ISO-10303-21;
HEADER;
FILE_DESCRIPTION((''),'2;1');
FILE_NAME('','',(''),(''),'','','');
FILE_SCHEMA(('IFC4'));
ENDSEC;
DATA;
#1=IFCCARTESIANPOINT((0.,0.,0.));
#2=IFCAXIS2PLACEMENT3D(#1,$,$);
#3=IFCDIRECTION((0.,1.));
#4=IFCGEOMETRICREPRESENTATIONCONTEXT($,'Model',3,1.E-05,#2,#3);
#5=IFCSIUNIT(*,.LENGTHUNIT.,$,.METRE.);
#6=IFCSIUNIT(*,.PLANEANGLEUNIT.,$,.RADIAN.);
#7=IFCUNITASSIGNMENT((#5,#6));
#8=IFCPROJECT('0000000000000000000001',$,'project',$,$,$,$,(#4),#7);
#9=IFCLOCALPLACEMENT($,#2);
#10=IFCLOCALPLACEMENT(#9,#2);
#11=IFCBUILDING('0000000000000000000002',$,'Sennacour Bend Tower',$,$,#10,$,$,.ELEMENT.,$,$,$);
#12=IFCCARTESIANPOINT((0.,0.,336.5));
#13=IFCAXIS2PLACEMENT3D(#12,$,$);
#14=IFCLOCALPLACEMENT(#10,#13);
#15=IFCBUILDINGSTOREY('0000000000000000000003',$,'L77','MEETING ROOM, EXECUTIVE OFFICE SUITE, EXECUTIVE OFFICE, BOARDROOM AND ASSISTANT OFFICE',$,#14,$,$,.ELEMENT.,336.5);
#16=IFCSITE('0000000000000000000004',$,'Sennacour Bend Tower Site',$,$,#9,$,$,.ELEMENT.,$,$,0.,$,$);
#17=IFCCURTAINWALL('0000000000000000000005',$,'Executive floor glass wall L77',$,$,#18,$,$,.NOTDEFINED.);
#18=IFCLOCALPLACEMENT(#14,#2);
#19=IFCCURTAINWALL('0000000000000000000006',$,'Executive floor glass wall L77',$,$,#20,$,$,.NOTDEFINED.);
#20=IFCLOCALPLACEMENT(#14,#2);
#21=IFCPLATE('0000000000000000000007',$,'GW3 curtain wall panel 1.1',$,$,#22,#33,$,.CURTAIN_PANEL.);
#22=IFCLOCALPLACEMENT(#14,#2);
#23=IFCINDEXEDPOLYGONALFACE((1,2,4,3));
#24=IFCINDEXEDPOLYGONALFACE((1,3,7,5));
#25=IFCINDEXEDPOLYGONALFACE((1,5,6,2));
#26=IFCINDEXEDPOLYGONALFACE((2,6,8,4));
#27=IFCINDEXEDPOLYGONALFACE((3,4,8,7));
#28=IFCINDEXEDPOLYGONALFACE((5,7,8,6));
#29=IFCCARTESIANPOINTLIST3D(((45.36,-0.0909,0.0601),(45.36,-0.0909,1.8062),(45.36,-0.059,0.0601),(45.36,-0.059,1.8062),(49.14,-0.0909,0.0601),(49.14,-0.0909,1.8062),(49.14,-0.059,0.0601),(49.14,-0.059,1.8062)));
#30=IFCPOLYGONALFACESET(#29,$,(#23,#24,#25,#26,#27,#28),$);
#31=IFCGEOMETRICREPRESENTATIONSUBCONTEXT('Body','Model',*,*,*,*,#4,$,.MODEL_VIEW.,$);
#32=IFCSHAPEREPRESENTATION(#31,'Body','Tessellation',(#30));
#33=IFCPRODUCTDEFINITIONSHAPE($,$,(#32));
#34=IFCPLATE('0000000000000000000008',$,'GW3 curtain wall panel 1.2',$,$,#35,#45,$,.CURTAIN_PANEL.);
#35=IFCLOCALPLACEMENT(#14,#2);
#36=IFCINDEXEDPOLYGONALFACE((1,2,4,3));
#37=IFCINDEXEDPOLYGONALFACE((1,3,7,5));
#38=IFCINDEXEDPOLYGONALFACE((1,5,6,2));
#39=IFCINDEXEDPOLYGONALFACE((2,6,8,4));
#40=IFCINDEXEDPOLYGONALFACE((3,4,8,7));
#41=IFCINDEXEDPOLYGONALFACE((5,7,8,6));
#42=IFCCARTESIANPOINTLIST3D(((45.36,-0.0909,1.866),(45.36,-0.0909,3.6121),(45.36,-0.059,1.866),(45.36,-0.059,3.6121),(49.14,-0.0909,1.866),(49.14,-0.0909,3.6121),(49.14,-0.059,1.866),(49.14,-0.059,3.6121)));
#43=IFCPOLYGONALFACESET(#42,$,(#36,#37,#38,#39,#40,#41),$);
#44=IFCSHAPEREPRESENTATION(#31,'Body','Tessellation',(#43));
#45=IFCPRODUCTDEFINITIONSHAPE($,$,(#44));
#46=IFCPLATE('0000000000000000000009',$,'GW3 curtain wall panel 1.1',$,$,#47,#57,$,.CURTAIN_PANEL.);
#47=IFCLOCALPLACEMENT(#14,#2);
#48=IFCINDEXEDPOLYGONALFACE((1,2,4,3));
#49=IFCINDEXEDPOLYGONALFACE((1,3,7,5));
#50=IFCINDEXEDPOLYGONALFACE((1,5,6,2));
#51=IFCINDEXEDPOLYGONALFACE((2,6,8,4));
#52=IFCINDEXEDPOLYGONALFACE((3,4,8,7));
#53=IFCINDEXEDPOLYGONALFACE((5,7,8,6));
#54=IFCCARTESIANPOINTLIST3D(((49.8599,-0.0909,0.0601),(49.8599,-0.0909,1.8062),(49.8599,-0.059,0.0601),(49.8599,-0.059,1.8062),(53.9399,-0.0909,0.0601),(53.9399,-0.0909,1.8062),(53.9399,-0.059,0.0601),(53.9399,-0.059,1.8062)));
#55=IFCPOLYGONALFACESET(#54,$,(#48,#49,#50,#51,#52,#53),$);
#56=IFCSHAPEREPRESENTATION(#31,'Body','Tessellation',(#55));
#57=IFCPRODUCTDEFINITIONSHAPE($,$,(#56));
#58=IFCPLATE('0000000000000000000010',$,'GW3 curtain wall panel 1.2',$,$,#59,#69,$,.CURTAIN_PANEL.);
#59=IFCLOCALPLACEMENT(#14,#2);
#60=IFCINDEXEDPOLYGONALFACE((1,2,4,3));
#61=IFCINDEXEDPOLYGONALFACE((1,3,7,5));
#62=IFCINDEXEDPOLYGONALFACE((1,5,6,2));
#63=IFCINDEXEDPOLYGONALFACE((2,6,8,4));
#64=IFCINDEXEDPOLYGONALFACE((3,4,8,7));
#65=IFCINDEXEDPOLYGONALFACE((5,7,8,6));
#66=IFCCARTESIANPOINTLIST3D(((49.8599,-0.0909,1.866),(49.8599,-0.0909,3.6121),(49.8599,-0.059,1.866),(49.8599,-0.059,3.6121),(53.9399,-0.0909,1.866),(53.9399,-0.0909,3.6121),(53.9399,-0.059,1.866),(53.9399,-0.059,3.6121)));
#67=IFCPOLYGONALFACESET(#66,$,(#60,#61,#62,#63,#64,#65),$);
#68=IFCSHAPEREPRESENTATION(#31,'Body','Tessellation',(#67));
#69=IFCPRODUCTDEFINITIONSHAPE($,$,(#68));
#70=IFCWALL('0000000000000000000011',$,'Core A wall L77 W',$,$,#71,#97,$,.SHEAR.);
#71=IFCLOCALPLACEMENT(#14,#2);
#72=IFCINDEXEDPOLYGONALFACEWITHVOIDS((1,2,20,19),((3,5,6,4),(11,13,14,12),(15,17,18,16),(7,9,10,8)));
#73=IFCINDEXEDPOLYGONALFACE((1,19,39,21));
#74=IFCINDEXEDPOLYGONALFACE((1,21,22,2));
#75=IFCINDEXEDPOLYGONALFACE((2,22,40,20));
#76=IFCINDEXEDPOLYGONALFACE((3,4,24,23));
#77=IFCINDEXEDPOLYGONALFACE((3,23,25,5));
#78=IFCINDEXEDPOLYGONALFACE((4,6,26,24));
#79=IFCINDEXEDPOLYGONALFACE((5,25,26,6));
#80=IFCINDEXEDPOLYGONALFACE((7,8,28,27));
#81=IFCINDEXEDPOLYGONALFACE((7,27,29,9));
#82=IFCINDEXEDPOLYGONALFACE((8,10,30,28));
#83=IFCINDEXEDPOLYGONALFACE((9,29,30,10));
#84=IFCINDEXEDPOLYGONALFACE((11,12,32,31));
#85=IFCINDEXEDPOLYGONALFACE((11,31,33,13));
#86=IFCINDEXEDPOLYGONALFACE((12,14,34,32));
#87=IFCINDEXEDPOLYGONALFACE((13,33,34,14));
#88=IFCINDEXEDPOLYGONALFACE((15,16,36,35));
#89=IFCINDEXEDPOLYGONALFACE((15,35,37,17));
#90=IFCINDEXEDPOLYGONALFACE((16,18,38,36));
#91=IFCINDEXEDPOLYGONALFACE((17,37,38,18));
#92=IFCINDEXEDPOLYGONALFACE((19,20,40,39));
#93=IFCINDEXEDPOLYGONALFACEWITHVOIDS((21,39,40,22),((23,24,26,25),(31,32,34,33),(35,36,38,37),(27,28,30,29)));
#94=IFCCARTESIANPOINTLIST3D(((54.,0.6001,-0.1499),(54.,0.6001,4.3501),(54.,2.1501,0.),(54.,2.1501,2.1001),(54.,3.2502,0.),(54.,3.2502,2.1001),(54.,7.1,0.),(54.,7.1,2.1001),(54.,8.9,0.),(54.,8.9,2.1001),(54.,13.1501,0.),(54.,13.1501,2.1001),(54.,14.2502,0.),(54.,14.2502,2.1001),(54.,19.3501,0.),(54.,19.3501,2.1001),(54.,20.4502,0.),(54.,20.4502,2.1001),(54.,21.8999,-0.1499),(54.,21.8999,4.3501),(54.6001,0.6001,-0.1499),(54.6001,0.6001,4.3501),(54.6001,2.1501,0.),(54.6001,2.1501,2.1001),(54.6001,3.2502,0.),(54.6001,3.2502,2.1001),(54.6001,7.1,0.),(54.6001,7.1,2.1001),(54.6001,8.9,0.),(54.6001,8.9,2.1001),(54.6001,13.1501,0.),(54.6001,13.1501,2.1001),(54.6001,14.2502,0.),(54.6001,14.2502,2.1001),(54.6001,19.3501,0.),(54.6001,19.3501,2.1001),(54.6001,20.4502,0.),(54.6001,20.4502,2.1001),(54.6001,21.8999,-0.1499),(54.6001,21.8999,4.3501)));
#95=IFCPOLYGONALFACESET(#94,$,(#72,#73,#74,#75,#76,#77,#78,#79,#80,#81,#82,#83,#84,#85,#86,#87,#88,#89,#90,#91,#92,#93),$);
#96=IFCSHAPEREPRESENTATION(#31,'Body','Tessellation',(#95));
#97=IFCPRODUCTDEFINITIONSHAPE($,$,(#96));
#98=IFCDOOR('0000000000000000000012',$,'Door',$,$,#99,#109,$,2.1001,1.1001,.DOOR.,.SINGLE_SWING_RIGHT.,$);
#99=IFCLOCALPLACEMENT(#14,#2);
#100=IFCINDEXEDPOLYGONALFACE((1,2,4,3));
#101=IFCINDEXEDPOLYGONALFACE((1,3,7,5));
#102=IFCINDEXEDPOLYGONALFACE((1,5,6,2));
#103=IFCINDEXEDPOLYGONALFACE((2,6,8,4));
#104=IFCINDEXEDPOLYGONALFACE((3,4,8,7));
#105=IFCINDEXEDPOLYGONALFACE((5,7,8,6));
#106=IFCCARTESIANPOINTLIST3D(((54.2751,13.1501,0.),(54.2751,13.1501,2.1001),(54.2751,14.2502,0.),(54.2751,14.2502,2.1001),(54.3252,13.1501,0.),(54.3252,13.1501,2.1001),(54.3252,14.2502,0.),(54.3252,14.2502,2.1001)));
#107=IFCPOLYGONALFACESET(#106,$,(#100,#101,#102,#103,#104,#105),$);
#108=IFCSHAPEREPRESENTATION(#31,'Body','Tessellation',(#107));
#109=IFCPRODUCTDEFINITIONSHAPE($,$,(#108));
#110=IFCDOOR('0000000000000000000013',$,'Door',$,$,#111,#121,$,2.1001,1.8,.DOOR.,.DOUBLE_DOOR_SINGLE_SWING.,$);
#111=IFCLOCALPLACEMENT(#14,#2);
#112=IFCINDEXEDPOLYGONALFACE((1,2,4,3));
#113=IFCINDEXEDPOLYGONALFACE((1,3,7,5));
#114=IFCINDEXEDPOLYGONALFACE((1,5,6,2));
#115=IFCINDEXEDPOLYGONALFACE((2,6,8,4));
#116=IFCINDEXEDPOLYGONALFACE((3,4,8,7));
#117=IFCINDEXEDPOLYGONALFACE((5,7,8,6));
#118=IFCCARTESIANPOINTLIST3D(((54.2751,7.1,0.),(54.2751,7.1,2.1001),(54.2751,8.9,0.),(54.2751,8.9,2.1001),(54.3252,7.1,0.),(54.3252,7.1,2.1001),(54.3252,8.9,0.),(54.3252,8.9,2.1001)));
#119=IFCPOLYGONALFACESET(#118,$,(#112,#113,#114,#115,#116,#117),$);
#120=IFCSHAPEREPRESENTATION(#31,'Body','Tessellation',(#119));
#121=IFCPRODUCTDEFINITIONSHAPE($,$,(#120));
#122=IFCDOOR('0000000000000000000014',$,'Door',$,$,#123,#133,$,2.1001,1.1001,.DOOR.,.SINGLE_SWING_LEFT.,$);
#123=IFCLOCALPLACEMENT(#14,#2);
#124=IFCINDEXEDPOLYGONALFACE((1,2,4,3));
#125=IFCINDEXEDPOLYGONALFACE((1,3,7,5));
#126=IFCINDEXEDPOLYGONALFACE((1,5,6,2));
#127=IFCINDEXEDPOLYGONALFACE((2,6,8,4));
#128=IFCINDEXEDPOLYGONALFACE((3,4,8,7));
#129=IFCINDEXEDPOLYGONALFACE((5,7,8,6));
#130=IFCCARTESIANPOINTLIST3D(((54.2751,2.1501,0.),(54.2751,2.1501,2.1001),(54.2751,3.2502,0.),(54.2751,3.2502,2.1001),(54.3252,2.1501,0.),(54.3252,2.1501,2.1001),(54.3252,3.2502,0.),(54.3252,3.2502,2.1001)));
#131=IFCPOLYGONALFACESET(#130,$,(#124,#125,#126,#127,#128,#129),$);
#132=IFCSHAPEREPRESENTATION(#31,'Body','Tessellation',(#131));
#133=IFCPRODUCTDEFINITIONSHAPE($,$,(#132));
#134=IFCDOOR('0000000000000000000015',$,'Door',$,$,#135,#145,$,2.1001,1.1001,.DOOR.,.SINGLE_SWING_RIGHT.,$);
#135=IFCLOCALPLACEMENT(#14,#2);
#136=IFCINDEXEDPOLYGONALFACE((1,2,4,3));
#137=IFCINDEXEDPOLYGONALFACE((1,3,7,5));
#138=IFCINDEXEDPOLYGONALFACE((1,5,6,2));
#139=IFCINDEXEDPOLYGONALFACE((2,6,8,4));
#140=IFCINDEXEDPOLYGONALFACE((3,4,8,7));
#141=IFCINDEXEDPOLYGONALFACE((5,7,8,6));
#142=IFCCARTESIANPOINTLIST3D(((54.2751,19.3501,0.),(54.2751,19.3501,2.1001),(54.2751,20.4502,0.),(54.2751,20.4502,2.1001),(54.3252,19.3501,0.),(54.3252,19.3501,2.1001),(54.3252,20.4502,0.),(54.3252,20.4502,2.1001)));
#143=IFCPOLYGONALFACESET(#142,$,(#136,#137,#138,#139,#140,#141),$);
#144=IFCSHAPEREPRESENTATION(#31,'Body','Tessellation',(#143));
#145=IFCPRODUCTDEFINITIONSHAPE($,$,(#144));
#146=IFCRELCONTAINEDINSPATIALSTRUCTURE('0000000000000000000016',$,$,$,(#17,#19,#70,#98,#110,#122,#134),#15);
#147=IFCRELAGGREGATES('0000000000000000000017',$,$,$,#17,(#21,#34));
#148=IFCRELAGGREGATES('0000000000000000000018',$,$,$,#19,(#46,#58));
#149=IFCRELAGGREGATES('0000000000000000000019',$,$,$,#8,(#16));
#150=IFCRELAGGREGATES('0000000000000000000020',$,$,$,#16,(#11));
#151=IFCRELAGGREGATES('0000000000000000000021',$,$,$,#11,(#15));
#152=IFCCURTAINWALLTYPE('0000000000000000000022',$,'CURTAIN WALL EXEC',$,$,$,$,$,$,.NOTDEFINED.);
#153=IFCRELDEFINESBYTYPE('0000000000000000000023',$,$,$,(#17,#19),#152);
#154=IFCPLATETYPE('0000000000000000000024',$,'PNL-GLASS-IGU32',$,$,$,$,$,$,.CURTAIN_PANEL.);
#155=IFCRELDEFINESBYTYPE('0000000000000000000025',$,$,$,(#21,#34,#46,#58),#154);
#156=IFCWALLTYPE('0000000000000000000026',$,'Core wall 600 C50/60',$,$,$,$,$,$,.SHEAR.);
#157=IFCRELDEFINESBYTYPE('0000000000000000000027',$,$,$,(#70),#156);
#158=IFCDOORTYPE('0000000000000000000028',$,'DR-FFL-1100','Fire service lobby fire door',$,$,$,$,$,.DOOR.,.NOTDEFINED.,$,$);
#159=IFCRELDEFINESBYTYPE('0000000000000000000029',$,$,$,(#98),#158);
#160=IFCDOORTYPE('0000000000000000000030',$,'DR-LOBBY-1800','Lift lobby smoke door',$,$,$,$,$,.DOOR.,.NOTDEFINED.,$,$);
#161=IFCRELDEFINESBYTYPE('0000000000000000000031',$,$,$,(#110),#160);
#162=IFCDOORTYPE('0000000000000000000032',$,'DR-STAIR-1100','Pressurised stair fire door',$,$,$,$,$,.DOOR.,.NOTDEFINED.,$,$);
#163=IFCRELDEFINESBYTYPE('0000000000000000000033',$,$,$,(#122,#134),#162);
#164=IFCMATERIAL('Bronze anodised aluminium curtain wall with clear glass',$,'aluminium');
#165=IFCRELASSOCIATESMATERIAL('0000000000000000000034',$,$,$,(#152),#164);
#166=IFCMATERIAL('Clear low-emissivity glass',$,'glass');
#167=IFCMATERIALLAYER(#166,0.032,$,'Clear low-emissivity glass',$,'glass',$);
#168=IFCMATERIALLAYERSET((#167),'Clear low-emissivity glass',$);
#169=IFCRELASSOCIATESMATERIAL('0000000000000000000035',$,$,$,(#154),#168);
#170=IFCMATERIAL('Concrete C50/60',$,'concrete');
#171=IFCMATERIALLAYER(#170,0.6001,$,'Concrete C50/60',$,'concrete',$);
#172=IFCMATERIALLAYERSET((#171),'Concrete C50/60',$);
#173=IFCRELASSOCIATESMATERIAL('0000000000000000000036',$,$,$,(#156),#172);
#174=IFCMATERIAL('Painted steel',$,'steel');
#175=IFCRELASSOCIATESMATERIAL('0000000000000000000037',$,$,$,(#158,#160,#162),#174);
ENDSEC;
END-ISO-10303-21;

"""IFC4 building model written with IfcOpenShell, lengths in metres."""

from ifc_helpers import new_model, si_unit, direction, frame, frame_2d, origin, origin_2d, place, context, subcontext, project, spatial, rectangle, extrude, material, layer, layer_set, type_object, element, fill, aggregate, save


model = new_model("IFC4")

# Units and contexts
model_context = context("Model", 3, precision=1e-05, world=origin(), true_north=direction((0.0, 1.0)))
body_context = subcontext(model_context, "Body", "Model", "MODEL_VIEW")
ifc_project = project(units=[si_unit("LENGTHUNIT", "METRE"), si_unit("PLANEANGLEUNIT", "RADIAN")], contexts=[model_context])

# Site, building, storey
site_placement = place(None, origin())
site = spatial("IfcSite", under=ifc_project, at=site_placement, Name="Sennacour Bend Tower Site", CompositionType="ELEMENT", RefElevation=0.0)
building_placement = place(site_placement, origin())
building = spatial("IfcBuilding", under=site, at=building_placement, Name="Sennacour Bend Tower", CompositionType="ELEMENT")
storey_placement = place(building_placement, frame((0.0, 0.0, 336.5)))
storey = spatial("IfcBuildingStorey", under=building, at=storey_placement, Name="L77", Description="MEETING ROOM, EXECUTIVE OFFICE SUITE, EXECUTIVE OFFICE, BOARDROOM AND ASSISTANT OFFICE", CompositionType="ELEMENT", Elevation=336.5)

# Curtain wall
ifc_material_1 = material(Name="Bronze anodised aluminium curtain wall with clear glass", Category="aluminium")
curtain_wall_type = type_object("IfcCurtainWallType", Name="CURTAIN WALL EXEC", PredefinedType="NOTDEFINED", material=ifc_material_1)
curtain_wall_1_placement = place(storey_placement, origin())
curtain_wall_1 = element("IfcCurtainWall", 1, at=curtain_wall_1_placement, inside=storey, type_object=curtain_wall_type, Name="Executive floor glass wall L77", PredefinedType="NOTDEFINED")

# Curtain wall
curtain_wall_2_placement = place(storey_placement, origin())
curtain_wall_2 = element("IfcCurtainWall", 2, at=curtain_wall_2_placement, inside=storey, type_object=curtain_wall_type, Name="Executive floor glass wall L77", PredefinedType="NOTDEFINED")

# Plates
ifc_material_2 = material(Name="Clear low-emissivity glass", Category="glass")
ifc_layer_1 = layer(ifc_material_2, 0.032, Name="Clear low-emissivity glass", Category="glass")
ifc_layer_set_1 = layer_set([ifc_layer_1], Name="Clear low-emissivity glass")
plate_type = type_object("IfcPlateType", Name="PNL-GLASS-IGU32", PredefinedType="CURTAIN_PANEL", material=ifc_layer_set_1)
plate_1_placement = place(storey_placement, frame((47.25, -0.075, 0.0601), z_axis=(0.0, 0.0, 1.0), x_axis=(1.0, 0.0, 0.0)))
plate_1 = element("IfcPlate", 3, at=plate_1_placement, type_object=plate_type, Name="GW3 curtain wall panel 1.1", PredefinedType="CURTAIN_PANEL", context=body_context, shape_type="SweptSolid", body=[
    extrude(rectangle(XDim=3.78, YDim=0.032, at=origin_2d()), origin(), (0.0, 0.0, 1.0), 1.7461),
])
plate_2_placement = place(storey_placement, frame((47.25, -0.075, 1.866), z_axis=(0.0, 0.0, 1.0), x_axis=(1.0, 0.0, 0.0)))
plate_2 = element("IfcPlate", 4, at=plate_2_placement, type_object=plate_type, Name="GW3 curtain wall panel 1.2", PredefinedType="CURTAIN_PANEL", context=body_context, shape_type="SweptSolid", body=[
    extrude(rectangle(XDim=3.78, YDim=0.032, at=origin_2d()), origin(), (0.0, 0.0, 1.0), 1.7461),
])
aggregate(curtain_wall_1, [plate_1, plate_2])
plate_3_placement = place(storey_placement, frame((51.8999, -0.075, 0.0601), z_axis=(0.0, 0.0, 1.0), x_axis=(1.0, 0.0, 0.0)))
plate_3 = element("IfcPlate", 5, at=plate_3_placement, type_object=plate_type, Name="GW3 curtain wall panel 1.1", PredefinedType="CURTAIN_PANEL", context=body_context, shape_type="SweptSolid", body=[
    extrude(rectangle(XDim=4.0801, YDim=0.032, at=origin_2d()), origin(), (0.0, 0.0, 1.0), 1.7461),
])
plate_4_placement = place(storey_placement, frame((51.8999, -0.075, 1.866), z_axis=(0.0, 0.0, 1.0), x_axis=(1.0, 0.0, 0.0)))
plate_4 = element("IfcPlate", 6, at=plate_4_placement, type_object=plate_type, Name="GW3 curtain wall panel 1.2", PredefinedType="CURTAIN_PANEL", context=body_context, shape_type="SweptSolid", body=[
    extrude(rectangle(XDim=4.0801, YDim=0.032, at=origin_2d()), origin(), (0.0, 0.0, 1.0), 1.7461),
])
aggregate(curtain_wall_2, [plate_3, plate_4])

# Wall, openings, doors
ifc_material_3 = material(Name="Concrete C50/60", Category="concrete")
ifc_layer_2 = layer(ifc_material_3, 0.6001, Name="Concrete C50/60", Category="concrete")
ifc_layer_set_2 = layer_set([ifc_layer_2], Name="Concrete C50/60")
wall_type_1 = type_object("IfcWallType", Name="Core wall 600 C50/60", PredefinedType="SHEAR", material=ifc_layer_set_2)
wall_1_placement = place(storey_placement, frame((54.3, 0.6001, -0.1499), z_axis=(0.0, 0.0, 1.0), x_axis=(0.0, 1.0, 0.0)))
wall_1 = element("IfcWall", 7, at=wall_1_placement, inside=storey, type_object=wall_type_1, Name="Core A wall L77 W", PredefinedType="SHEAR", context=body_context, shape_type="SweptSolid", body=[
    extrude(rectangle(XDim=21.2998, YDim=0.6001, at=frame_2d((10.6499, 0.0))), origin(), (0.0, 0.0, 1.0), 4.5),
])
opening_1_placement = place(wall_1_placement, frame((6.5, 0.0, 0.1499)))
opening_1 = element("IfcOpeningElement", 8, at=opening_1_placement, cuts=wall_1, PredefinedType="OPENING", context=body_context, shape_type="SweptSolid", body=[
    extrude(rectangle(XDim=1.8, YDim=2.1001, at=frame_2d((0.8999, 1.05))), frame((0.0, 0.3101, 0.0), z_axis=(0.0, -1.0, 0.0), x_axis=(1.0, 0.0, 0.0)), (0.0, 0.0, 1.0), 0.6201),
])
opening_2_placement = place(wall_1_placement, frame((12.55, 0.0, 0.1499)))
opening_2 = element("IfcOpeningElement", 9, at=opening_2_placement, cuts=wall_1, PredefinedType="OPENING", context=body_context, shape_type="SweptSolid", body=[
    extrude(rectangle(XDim=1.1001, YDim=2.1001, at=frame_2d((0.55, 1.05))), frame((0.0, 0.3101, 0.0), z_axis=(0.0, -1.0, 0.0), x_axis=(1.0, 0.0, 0.0)), (0.0, 0.0, 1.0), 0.6201),
])
opening_3_placement = place(wall_1_placement, frame((1.55, 0.0, 0.1499)))
opening_3 = element("IfcOpeningElement", 10, at=opening_3_placement, cuts=wall_1, PredefinedType="OPENING", context=body_context, shape_type="SweptSolid", body=[
    extrude(rectangle(XDim=1.1001, YDim=2.1001, at=frame_2d((0.55, 1.05))), frame((0.0, 0.3101, 0.0), z_axis=(0.0, -1.0, 0.0), x_axis=(1.0, 0.0, 0.0)), (0.0, 0.0, 1.0), 0.6201),
])
opening_4_placement = place(wall_1_placement, frame((18.75, 0.0, 0.1499)))
opening_4 = element("IfcOpeningElement", 11, at=opening_4_placement, cuts=wall_1, PredefinedType="OPENING", context=body_context, shape_type="SweptSolid", body=[
    extrude(rectangle(XDim=1.1001, YDim=2.1001, at=frame_2d((0.55, 1.05))), frame((0.0, 0.3101, 0.0), z_axis=(0.0, -1.0, 0.0), x_axis=(1.0, 0.0, 0.0)), (0.0, 0.0, 1.0), 0.6201),
])
ifc_material_4 = material(Name="Painted steel", Category="steel")
door_type_1 = type_object("IfcDoorType", Name="DR-FFL-1100", Description="Fire service lobby fire door", OperationType="NOTDEFINED", PredefinedType="DOOR", material=ifc_material_4)
door_1_placement = place(opening_2_placement, origin())
door_1 = element("IfcDoor", 12, at=door_1_placement, inside=storey, type_object=door_type_1, Name="Door", OperationType="SINGLE_SWING_RIGHT", OverallHeight=2.1001, OverallWidth=1.1001, PredefinedType="DOOR", context=body_context, shape_type="SweptSolid", body=[
    extrude(rectangle(XDim=1.1001, YDim=2.1001, at=frame_2d((0.55, 1.05))), frame((0.0, 0.0249, 0.0), z_axis=(0.0, -1.0, 0.0), x_axis=(1.0, 0.0, 0.0)), (0.0, 0.0, 1.0), 0.05),
])
fill(opening_2, door_1)
door_type_2 = type_object("IfcDoorType", Name="DR-LOBBY-1800", Description="Lift lobby smoke door", OperationType="NOTDEFINED", PredefinedType="DOOR", material=ifc_material_4)
door_2_placement = place(opening_1_placement, origin())
door_2 = element("IfcDoor", 13, at=door_2_placement, inside=storey, type_object=door_type_2, Name="Door", OperationType="DOUBLE_DOOR_SINGLE_SWING", OverallHeight=2.1001, OverallWidth=1.8, PredefinedType="DOOR", context=body_context, shape_type="SweptSolid", body=[
    extrude(rectangle(XDim=1.8, YDim=2.1001, at=frame_2d((0.8999, 1.05))), frame((0.0, 0.0249, 0.0), z_axis=(0.0, -1.0, 0.0), x_axis=(1.0, 0.0, 0.0)), (0.0, 0.0, 1.0), 0.05),
])
fill(opening_1, door_2)
door_type_3 = type_object("IfcDoorType", Name="DR-STAIR-1100", Description="Pressurised stair fire door", OperationType="NOTDEFINED", PredefinedType="DOOR", material=ifc_material_4)
door_3_placement = place(opening_3_placement, origin())
door_3 = element("IfcDoor", 14, at=door_3_placement, inside=storey, type_object=door_type_3, Name="Door", OperationType="SINGLE_SWING_LEFT", OverallHeight=2.1001, OverallWidth=1.1001, PredefinedType="DOOR", context=body_context, shape_type="SweptSolid", body=[
    extrude(rectangle(XDim=1.1001, YDim=2.1001, at=frame_2d((0.55, 1.05))), frame((0.0, 0.0249, 0.0), z_axis=(0.0, -1.0, 0.0), x_axis=(1.0, 0.0, 0.0)), (0.0, 0.0, 1.0), 0.05),
])
fill(opening_3, door_3)
door_4_placement = place(opening_4_placement, origin())
door_4 = element("IfcDoor", 15, at=door_4_placement, inside=storey, type_object=door_type_3, Name="Door", OperationType="SINGLE_SWING_RIGHT", OverallHeight=2.1001, OverallWidth=1.1001, PredefinedType="DOOR", context=body_context, shape_type="SweptSolid", body=[
    extrude(rectangle(XDim=1.1001, YDim=2.1001, at=frame_2d((0.55, 1.05))), frame((0.0, 0.0249, 0.0), z_axis=(0.0, -1.0, 0.0), x_axis=(1.0, 0.0, 0.0)), (0.0, 0.0, 1.0), 0.05),
])
fill(opening_4, door_4)

save(model, "model.ifc")
